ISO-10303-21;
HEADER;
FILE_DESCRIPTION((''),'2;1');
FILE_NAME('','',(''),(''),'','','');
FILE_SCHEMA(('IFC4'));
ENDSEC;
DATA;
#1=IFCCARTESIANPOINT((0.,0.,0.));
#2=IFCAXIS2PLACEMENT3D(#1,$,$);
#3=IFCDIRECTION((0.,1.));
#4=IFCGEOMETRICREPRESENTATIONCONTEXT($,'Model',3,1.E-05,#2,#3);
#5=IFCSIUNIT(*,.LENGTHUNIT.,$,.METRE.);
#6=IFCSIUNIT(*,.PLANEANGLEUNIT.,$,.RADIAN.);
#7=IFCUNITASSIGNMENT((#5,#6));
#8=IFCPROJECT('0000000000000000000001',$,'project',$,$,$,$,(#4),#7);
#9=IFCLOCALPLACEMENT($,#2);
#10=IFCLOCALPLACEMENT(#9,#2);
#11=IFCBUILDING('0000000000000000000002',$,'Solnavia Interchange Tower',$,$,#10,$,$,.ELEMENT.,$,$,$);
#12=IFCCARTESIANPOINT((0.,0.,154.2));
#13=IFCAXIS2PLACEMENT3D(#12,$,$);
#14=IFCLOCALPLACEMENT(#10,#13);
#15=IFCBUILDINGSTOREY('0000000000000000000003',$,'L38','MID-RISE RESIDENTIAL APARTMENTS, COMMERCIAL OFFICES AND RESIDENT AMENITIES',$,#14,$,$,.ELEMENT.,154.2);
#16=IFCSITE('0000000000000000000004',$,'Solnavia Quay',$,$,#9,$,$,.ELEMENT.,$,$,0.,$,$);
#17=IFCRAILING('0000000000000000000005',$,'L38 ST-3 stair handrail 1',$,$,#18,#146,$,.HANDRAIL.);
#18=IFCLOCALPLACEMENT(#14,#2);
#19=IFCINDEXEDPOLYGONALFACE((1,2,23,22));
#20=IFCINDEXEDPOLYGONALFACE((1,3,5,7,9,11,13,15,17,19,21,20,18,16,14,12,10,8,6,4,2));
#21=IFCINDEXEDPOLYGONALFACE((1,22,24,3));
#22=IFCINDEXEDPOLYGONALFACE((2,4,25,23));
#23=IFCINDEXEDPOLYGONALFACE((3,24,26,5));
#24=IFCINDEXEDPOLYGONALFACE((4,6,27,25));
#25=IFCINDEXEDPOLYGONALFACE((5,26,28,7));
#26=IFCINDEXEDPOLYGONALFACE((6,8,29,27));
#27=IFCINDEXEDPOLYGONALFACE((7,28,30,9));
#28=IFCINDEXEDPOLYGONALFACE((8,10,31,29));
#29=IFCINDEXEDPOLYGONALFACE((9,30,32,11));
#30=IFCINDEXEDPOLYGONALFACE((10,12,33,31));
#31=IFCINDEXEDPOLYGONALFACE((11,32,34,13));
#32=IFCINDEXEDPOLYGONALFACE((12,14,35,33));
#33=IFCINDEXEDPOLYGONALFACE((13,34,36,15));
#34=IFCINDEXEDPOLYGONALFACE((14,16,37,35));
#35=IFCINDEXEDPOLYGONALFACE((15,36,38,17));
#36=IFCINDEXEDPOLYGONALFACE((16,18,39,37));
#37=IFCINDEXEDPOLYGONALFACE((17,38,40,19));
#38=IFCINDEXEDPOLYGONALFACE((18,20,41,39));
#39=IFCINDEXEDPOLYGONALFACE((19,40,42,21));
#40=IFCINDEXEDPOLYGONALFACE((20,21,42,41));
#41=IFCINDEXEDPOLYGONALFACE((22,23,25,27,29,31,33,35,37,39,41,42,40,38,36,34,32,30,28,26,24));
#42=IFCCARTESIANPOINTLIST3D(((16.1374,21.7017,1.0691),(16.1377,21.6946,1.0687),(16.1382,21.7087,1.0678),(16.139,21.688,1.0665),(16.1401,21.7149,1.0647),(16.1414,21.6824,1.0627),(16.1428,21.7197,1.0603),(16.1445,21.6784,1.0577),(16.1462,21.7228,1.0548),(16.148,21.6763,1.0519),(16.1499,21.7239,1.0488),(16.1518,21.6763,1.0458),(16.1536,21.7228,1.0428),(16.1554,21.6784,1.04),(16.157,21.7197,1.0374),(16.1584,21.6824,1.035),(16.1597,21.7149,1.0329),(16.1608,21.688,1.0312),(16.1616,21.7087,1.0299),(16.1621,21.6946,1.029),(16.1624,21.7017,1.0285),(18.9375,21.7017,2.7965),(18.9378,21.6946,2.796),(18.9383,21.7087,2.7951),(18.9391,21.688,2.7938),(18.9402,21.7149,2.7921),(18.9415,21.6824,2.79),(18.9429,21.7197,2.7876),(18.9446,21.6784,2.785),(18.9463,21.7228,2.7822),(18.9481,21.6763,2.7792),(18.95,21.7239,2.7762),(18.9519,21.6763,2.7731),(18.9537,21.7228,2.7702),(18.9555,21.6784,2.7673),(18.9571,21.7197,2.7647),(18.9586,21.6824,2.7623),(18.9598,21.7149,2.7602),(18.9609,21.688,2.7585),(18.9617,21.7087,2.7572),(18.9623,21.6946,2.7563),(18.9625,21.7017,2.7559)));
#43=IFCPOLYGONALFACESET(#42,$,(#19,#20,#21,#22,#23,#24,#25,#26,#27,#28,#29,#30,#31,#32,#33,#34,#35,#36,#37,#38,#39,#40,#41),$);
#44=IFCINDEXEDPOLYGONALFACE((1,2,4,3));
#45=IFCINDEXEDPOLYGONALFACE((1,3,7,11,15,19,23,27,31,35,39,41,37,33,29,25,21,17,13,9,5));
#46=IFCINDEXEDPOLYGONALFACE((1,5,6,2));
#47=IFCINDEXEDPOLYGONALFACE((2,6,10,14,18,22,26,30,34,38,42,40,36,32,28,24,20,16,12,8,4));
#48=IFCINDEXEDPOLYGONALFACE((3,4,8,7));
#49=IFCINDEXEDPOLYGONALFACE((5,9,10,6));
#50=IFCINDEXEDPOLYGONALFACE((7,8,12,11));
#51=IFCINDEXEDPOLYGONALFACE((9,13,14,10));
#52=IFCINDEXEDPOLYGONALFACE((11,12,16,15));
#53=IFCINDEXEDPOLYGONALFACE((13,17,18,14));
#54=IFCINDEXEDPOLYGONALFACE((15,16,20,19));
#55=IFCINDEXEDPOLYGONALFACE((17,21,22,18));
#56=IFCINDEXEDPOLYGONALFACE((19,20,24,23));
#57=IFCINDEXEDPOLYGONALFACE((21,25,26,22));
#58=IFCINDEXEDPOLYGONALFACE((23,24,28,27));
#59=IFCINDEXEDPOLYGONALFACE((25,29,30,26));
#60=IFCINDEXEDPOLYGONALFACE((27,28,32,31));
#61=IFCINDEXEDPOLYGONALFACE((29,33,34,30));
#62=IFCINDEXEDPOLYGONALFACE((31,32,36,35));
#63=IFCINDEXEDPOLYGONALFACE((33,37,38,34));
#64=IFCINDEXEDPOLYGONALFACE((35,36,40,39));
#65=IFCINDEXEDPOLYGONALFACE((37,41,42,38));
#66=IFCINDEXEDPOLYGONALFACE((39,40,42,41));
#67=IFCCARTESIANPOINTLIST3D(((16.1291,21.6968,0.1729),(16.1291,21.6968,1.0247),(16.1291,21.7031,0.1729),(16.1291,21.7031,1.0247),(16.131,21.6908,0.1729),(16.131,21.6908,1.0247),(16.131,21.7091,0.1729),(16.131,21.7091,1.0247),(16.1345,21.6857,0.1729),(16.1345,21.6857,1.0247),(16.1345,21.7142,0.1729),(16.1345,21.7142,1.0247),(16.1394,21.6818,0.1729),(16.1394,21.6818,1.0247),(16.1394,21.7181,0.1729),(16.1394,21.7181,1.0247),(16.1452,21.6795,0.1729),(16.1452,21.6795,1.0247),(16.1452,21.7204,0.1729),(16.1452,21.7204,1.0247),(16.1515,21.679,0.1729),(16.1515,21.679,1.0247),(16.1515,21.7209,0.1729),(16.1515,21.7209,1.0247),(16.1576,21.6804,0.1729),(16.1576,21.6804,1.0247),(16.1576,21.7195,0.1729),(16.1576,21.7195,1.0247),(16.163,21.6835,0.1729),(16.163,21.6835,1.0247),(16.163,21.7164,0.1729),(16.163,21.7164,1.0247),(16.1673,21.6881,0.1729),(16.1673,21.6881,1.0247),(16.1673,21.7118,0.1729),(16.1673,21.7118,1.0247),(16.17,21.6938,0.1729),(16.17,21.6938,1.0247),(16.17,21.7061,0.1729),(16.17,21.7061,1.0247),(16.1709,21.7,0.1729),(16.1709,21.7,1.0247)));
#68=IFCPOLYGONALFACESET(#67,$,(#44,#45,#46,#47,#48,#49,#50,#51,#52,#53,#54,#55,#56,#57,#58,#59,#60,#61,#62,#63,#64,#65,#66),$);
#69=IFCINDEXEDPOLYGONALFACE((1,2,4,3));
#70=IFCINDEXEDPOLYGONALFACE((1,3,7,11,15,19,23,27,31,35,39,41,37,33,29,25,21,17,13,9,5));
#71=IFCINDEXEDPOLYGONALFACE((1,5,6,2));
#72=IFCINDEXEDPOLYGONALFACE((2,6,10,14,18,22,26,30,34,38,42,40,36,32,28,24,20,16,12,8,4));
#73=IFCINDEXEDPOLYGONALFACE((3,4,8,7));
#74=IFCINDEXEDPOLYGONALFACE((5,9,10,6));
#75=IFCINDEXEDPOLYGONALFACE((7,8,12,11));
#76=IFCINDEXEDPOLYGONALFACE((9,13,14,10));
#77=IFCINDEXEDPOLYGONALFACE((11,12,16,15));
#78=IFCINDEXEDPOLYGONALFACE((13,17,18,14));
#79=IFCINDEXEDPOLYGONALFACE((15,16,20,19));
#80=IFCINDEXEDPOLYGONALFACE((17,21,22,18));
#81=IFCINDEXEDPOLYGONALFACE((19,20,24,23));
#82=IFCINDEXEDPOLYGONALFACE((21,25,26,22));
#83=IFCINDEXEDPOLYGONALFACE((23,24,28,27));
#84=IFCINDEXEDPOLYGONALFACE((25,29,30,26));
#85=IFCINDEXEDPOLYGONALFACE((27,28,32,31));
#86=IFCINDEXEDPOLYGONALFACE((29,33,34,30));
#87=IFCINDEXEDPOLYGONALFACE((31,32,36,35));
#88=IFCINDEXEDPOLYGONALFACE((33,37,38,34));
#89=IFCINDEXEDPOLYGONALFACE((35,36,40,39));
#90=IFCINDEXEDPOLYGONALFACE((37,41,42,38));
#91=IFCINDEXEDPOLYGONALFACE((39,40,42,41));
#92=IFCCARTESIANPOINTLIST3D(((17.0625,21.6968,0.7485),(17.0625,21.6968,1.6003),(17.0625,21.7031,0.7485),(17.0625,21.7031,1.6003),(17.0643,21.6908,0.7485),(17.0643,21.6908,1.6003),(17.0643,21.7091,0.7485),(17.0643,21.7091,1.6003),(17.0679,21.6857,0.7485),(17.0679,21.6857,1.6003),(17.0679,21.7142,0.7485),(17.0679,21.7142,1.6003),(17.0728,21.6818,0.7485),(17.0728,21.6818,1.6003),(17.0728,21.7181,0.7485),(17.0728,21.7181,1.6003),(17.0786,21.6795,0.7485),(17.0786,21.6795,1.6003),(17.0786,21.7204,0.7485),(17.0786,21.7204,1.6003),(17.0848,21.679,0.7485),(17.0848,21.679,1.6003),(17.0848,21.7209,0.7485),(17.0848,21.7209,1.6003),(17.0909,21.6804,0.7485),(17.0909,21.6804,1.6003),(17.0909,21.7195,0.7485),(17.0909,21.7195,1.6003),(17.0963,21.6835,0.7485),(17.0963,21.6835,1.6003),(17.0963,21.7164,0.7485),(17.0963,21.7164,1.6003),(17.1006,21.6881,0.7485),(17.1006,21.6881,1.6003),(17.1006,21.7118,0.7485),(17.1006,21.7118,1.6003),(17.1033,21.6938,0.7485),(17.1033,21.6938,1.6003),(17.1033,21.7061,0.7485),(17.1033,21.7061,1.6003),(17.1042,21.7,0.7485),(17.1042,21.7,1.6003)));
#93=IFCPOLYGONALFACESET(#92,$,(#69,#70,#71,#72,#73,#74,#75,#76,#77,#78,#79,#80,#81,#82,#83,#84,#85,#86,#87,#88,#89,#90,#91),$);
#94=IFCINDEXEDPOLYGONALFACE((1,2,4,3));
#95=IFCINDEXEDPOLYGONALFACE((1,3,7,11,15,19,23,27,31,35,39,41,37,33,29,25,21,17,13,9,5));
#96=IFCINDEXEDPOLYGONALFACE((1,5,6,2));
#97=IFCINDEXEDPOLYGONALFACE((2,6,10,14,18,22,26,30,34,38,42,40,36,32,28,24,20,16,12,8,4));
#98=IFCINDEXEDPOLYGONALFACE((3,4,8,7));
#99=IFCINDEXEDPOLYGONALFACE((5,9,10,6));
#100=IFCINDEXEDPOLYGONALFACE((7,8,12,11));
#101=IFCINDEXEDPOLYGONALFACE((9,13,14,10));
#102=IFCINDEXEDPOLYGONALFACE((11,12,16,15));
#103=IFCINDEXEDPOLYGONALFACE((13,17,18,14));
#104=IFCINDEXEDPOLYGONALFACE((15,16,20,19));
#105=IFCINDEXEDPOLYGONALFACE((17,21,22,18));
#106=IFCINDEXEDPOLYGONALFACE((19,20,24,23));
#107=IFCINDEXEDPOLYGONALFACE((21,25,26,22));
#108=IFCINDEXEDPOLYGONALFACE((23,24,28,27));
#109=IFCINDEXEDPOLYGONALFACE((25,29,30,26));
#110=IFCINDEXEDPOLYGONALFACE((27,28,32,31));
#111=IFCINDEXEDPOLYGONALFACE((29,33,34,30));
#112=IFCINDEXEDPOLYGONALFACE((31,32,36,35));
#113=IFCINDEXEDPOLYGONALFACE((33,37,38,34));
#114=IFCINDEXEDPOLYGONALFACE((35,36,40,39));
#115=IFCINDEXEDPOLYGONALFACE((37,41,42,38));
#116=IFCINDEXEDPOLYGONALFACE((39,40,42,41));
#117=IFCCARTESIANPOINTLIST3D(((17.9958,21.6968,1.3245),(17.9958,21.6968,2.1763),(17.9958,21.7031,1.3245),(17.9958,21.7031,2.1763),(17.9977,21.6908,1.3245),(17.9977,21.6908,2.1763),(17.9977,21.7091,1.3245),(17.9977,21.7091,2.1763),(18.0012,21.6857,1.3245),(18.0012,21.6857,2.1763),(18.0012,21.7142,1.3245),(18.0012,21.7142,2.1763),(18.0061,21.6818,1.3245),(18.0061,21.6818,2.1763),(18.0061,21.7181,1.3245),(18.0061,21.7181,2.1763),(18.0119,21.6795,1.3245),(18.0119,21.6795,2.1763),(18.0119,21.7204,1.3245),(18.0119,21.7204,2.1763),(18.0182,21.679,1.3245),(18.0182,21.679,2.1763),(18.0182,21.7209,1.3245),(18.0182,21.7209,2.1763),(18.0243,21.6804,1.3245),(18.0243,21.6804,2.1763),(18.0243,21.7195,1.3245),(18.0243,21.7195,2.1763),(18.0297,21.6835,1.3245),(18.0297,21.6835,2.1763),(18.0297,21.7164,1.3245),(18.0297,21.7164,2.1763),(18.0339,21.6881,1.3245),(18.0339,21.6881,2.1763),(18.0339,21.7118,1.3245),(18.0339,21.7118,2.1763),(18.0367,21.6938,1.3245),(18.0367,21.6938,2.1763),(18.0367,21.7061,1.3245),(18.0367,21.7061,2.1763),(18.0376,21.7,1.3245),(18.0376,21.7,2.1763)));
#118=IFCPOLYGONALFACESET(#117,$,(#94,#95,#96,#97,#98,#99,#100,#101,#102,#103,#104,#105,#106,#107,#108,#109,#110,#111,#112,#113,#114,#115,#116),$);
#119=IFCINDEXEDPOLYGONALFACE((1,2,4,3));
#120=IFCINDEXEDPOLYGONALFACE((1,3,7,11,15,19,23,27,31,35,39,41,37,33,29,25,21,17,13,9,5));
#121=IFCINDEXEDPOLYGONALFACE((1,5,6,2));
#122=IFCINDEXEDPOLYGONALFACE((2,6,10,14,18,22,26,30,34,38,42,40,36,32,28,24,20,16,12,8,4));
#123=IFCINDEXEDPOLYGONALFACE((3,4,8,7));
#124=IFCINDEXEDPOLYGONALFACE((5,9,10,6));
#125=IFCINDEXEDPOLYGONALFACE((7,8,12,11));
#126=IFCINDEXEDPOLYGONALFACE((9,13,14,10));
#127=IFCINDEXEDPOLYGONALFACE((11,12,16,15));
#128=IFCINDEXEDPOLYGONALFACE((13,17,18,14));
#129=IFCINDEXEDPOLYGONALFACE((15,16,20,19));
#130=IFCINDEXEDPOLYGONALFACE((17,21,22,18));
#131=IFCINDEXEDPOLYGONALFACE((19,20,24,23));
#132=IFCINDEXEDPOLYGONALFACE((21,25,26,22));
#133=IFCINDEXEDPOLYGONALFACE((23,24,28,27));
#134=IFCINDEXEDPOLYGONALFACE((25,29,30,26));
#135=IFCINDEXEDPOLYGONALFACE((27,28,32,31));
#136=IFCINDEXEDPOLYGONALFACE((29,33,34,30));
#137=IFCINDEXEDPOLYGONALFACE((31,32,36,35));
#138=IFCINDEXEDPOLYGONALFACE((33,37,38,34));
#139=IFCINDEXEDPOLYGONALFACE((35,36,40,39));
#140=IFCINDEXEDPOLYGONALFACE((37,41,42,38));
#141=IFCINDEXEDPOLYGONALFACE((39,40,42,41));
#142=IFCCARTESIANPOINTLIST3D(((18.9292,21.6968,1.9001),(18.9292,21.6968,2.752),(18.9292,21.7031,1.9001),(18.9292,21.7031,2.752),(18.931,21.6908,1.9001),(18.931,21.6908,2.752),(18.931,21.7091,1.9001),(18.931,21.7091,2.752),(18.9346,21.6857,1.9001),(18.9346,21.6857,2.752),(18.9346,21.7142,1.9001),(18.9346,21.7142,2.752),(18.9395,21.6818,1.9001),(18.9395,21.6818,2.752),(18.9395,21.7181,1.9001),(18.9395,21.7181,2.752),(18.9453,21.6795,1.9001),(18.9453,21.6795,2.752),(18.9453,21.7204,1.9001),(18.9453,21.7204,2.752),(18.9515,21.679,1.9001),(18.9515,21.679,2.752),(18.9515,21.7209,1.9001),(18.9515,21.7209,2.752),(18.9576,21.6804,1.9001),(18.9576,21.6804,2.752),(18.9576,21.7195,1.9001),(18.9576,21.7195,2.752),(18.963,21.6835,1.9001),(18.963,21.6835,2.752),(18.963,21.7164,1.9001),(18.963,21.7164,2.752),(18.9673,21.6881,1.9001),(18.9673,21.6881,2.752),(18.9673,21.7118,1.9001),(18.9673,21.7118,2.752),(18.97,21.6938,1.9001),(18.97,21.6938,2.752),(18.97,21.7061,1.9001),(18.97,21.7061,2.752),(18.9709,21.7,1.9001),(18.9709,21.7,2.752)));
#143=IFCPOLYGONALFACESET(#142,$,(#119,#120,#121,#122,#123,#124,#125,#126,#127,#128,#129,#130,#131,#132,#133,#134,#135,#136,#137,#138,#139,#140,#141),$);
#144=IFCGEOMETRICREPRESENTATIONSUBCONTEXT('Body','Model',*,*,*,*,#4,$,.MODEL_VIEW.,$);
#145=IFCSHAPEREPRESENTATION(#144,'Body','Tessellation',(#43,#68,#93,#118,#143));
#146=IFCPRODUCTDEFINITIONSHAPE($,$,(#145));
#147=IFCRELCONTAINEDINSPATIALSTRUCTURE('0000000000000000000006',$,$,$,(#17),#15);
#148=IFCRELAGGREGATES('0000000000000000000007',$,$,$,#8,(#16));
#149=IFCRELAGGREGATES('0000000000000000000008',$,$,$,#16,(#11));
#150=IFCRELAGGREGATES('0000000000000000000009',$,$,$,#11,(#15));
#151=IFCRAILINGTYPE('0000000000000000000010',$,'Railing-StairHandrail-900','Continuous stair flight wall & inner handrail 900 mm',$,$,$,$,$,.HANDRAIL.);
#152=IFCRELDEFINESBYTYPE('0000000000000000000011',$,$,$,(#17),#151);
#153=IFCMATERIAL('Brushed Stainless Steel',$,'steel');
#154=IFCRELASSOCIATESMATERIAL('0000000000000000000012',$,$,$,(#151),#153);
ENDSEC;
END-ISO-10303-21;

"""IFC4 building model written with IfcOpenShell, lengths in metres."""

from ifc_helpers import new_model, si_unit, direction, frame, origin, origin_2d, place, context, subcontext, project, spatial, circle, extrude, material, type_object, element, save


model = new_model("IFC4")

# Units and contexts
model_context = context("Model", 3, precision=1e-05, world=origin(), true_north=direction((0.0, 1.0)))
body_context = subcontext(model_context, "Body", "Model", "MODEL_VIEW")
ifc_project = project(units=[si_unit("LENGTHUNIT", "METRE"), si_unit("PLANEANGLEUNIT", "RADIAN")], contexts=[model_context])

# Site, building, storey
site_placement = place(None, origin())
site = spatial("IfcSite", under=ifc_project, at=site_placement, Name="Solnavia Quay", CompositionType="ELEMENT", RefElevation=0.0)
building_placement = place(site_placement, origin())
building = spatial("IfcBuilding", under=site, at=building_placement, Name="Solnavia Interchange Tower", CompositionType="ELEMENT")
storey_placement = place(building_placement, frame((0.0, 0.0, 154.2)))
storey = spatial("IfcBuildingStorey", under=building, at=storey_placement, Name="L38", Description="MID-RISE RESIDENTIAL APARTMENTS, COMMERCIAL OFFICES AND RESIDENT AMENITIES", CompositionType="ELEMENT", Elevation=154.2)

# Railing
ifc_material_1 = material(Name="Brushed Stainless Steel", Category="steel")
railing_type_1 = type_object("IfcRailingType", Name="Railing-StairHandrail-900", Description="Continuous stair flight wall & inner handrail 900 mm", PredefinedType="HANDRAIL", material=ifc_material_1)
railing_1_placement = place(storey_placement, frame((16.1499, 21.7, 0.1729)))
element("IfcRailing", 1, at=railing_1_placement, inside=storey, type_object=railing_type_1, Name="L38 ST-3 stair handrail 1", PredefinedType="HANDRAIL", context=body_context, shape_type="SweptSolid", body=[
    extrude(circle(Radius=0.0239, at=origin_2d()), frame((0.0, 0.0, 0.876), z_axis=(0.85109, 0.0, 0.52502), x_axis=(0.0, 1.0, 0.0)), (0.0, 0.0, 1.0), 3.29),
    extrude(circle(Radius=0.021, at=origin_2d()), origin(), (0.0, 0.0, 1.0), 0.8518),
    extrude(circle(Radius=0.021, at=origin_2d()), frame((0.9333, 0.0, 0.5757)), (0.0, 0.0, 1.0), 0.8518),
    extrude(circle(Radius=0.021, at=origin_2d()), frame((1.8667, 0.0, 1.1516)), (0.0, 0.0, 1.0), 0.8518),
    extrude(circle(Radius=0.021, at=origin_2d()), frame((2.8, 0.0, 1.7273)), (0.0, 0.0, 1.0), 0.8518),
])

save(model, "model.ifc")
